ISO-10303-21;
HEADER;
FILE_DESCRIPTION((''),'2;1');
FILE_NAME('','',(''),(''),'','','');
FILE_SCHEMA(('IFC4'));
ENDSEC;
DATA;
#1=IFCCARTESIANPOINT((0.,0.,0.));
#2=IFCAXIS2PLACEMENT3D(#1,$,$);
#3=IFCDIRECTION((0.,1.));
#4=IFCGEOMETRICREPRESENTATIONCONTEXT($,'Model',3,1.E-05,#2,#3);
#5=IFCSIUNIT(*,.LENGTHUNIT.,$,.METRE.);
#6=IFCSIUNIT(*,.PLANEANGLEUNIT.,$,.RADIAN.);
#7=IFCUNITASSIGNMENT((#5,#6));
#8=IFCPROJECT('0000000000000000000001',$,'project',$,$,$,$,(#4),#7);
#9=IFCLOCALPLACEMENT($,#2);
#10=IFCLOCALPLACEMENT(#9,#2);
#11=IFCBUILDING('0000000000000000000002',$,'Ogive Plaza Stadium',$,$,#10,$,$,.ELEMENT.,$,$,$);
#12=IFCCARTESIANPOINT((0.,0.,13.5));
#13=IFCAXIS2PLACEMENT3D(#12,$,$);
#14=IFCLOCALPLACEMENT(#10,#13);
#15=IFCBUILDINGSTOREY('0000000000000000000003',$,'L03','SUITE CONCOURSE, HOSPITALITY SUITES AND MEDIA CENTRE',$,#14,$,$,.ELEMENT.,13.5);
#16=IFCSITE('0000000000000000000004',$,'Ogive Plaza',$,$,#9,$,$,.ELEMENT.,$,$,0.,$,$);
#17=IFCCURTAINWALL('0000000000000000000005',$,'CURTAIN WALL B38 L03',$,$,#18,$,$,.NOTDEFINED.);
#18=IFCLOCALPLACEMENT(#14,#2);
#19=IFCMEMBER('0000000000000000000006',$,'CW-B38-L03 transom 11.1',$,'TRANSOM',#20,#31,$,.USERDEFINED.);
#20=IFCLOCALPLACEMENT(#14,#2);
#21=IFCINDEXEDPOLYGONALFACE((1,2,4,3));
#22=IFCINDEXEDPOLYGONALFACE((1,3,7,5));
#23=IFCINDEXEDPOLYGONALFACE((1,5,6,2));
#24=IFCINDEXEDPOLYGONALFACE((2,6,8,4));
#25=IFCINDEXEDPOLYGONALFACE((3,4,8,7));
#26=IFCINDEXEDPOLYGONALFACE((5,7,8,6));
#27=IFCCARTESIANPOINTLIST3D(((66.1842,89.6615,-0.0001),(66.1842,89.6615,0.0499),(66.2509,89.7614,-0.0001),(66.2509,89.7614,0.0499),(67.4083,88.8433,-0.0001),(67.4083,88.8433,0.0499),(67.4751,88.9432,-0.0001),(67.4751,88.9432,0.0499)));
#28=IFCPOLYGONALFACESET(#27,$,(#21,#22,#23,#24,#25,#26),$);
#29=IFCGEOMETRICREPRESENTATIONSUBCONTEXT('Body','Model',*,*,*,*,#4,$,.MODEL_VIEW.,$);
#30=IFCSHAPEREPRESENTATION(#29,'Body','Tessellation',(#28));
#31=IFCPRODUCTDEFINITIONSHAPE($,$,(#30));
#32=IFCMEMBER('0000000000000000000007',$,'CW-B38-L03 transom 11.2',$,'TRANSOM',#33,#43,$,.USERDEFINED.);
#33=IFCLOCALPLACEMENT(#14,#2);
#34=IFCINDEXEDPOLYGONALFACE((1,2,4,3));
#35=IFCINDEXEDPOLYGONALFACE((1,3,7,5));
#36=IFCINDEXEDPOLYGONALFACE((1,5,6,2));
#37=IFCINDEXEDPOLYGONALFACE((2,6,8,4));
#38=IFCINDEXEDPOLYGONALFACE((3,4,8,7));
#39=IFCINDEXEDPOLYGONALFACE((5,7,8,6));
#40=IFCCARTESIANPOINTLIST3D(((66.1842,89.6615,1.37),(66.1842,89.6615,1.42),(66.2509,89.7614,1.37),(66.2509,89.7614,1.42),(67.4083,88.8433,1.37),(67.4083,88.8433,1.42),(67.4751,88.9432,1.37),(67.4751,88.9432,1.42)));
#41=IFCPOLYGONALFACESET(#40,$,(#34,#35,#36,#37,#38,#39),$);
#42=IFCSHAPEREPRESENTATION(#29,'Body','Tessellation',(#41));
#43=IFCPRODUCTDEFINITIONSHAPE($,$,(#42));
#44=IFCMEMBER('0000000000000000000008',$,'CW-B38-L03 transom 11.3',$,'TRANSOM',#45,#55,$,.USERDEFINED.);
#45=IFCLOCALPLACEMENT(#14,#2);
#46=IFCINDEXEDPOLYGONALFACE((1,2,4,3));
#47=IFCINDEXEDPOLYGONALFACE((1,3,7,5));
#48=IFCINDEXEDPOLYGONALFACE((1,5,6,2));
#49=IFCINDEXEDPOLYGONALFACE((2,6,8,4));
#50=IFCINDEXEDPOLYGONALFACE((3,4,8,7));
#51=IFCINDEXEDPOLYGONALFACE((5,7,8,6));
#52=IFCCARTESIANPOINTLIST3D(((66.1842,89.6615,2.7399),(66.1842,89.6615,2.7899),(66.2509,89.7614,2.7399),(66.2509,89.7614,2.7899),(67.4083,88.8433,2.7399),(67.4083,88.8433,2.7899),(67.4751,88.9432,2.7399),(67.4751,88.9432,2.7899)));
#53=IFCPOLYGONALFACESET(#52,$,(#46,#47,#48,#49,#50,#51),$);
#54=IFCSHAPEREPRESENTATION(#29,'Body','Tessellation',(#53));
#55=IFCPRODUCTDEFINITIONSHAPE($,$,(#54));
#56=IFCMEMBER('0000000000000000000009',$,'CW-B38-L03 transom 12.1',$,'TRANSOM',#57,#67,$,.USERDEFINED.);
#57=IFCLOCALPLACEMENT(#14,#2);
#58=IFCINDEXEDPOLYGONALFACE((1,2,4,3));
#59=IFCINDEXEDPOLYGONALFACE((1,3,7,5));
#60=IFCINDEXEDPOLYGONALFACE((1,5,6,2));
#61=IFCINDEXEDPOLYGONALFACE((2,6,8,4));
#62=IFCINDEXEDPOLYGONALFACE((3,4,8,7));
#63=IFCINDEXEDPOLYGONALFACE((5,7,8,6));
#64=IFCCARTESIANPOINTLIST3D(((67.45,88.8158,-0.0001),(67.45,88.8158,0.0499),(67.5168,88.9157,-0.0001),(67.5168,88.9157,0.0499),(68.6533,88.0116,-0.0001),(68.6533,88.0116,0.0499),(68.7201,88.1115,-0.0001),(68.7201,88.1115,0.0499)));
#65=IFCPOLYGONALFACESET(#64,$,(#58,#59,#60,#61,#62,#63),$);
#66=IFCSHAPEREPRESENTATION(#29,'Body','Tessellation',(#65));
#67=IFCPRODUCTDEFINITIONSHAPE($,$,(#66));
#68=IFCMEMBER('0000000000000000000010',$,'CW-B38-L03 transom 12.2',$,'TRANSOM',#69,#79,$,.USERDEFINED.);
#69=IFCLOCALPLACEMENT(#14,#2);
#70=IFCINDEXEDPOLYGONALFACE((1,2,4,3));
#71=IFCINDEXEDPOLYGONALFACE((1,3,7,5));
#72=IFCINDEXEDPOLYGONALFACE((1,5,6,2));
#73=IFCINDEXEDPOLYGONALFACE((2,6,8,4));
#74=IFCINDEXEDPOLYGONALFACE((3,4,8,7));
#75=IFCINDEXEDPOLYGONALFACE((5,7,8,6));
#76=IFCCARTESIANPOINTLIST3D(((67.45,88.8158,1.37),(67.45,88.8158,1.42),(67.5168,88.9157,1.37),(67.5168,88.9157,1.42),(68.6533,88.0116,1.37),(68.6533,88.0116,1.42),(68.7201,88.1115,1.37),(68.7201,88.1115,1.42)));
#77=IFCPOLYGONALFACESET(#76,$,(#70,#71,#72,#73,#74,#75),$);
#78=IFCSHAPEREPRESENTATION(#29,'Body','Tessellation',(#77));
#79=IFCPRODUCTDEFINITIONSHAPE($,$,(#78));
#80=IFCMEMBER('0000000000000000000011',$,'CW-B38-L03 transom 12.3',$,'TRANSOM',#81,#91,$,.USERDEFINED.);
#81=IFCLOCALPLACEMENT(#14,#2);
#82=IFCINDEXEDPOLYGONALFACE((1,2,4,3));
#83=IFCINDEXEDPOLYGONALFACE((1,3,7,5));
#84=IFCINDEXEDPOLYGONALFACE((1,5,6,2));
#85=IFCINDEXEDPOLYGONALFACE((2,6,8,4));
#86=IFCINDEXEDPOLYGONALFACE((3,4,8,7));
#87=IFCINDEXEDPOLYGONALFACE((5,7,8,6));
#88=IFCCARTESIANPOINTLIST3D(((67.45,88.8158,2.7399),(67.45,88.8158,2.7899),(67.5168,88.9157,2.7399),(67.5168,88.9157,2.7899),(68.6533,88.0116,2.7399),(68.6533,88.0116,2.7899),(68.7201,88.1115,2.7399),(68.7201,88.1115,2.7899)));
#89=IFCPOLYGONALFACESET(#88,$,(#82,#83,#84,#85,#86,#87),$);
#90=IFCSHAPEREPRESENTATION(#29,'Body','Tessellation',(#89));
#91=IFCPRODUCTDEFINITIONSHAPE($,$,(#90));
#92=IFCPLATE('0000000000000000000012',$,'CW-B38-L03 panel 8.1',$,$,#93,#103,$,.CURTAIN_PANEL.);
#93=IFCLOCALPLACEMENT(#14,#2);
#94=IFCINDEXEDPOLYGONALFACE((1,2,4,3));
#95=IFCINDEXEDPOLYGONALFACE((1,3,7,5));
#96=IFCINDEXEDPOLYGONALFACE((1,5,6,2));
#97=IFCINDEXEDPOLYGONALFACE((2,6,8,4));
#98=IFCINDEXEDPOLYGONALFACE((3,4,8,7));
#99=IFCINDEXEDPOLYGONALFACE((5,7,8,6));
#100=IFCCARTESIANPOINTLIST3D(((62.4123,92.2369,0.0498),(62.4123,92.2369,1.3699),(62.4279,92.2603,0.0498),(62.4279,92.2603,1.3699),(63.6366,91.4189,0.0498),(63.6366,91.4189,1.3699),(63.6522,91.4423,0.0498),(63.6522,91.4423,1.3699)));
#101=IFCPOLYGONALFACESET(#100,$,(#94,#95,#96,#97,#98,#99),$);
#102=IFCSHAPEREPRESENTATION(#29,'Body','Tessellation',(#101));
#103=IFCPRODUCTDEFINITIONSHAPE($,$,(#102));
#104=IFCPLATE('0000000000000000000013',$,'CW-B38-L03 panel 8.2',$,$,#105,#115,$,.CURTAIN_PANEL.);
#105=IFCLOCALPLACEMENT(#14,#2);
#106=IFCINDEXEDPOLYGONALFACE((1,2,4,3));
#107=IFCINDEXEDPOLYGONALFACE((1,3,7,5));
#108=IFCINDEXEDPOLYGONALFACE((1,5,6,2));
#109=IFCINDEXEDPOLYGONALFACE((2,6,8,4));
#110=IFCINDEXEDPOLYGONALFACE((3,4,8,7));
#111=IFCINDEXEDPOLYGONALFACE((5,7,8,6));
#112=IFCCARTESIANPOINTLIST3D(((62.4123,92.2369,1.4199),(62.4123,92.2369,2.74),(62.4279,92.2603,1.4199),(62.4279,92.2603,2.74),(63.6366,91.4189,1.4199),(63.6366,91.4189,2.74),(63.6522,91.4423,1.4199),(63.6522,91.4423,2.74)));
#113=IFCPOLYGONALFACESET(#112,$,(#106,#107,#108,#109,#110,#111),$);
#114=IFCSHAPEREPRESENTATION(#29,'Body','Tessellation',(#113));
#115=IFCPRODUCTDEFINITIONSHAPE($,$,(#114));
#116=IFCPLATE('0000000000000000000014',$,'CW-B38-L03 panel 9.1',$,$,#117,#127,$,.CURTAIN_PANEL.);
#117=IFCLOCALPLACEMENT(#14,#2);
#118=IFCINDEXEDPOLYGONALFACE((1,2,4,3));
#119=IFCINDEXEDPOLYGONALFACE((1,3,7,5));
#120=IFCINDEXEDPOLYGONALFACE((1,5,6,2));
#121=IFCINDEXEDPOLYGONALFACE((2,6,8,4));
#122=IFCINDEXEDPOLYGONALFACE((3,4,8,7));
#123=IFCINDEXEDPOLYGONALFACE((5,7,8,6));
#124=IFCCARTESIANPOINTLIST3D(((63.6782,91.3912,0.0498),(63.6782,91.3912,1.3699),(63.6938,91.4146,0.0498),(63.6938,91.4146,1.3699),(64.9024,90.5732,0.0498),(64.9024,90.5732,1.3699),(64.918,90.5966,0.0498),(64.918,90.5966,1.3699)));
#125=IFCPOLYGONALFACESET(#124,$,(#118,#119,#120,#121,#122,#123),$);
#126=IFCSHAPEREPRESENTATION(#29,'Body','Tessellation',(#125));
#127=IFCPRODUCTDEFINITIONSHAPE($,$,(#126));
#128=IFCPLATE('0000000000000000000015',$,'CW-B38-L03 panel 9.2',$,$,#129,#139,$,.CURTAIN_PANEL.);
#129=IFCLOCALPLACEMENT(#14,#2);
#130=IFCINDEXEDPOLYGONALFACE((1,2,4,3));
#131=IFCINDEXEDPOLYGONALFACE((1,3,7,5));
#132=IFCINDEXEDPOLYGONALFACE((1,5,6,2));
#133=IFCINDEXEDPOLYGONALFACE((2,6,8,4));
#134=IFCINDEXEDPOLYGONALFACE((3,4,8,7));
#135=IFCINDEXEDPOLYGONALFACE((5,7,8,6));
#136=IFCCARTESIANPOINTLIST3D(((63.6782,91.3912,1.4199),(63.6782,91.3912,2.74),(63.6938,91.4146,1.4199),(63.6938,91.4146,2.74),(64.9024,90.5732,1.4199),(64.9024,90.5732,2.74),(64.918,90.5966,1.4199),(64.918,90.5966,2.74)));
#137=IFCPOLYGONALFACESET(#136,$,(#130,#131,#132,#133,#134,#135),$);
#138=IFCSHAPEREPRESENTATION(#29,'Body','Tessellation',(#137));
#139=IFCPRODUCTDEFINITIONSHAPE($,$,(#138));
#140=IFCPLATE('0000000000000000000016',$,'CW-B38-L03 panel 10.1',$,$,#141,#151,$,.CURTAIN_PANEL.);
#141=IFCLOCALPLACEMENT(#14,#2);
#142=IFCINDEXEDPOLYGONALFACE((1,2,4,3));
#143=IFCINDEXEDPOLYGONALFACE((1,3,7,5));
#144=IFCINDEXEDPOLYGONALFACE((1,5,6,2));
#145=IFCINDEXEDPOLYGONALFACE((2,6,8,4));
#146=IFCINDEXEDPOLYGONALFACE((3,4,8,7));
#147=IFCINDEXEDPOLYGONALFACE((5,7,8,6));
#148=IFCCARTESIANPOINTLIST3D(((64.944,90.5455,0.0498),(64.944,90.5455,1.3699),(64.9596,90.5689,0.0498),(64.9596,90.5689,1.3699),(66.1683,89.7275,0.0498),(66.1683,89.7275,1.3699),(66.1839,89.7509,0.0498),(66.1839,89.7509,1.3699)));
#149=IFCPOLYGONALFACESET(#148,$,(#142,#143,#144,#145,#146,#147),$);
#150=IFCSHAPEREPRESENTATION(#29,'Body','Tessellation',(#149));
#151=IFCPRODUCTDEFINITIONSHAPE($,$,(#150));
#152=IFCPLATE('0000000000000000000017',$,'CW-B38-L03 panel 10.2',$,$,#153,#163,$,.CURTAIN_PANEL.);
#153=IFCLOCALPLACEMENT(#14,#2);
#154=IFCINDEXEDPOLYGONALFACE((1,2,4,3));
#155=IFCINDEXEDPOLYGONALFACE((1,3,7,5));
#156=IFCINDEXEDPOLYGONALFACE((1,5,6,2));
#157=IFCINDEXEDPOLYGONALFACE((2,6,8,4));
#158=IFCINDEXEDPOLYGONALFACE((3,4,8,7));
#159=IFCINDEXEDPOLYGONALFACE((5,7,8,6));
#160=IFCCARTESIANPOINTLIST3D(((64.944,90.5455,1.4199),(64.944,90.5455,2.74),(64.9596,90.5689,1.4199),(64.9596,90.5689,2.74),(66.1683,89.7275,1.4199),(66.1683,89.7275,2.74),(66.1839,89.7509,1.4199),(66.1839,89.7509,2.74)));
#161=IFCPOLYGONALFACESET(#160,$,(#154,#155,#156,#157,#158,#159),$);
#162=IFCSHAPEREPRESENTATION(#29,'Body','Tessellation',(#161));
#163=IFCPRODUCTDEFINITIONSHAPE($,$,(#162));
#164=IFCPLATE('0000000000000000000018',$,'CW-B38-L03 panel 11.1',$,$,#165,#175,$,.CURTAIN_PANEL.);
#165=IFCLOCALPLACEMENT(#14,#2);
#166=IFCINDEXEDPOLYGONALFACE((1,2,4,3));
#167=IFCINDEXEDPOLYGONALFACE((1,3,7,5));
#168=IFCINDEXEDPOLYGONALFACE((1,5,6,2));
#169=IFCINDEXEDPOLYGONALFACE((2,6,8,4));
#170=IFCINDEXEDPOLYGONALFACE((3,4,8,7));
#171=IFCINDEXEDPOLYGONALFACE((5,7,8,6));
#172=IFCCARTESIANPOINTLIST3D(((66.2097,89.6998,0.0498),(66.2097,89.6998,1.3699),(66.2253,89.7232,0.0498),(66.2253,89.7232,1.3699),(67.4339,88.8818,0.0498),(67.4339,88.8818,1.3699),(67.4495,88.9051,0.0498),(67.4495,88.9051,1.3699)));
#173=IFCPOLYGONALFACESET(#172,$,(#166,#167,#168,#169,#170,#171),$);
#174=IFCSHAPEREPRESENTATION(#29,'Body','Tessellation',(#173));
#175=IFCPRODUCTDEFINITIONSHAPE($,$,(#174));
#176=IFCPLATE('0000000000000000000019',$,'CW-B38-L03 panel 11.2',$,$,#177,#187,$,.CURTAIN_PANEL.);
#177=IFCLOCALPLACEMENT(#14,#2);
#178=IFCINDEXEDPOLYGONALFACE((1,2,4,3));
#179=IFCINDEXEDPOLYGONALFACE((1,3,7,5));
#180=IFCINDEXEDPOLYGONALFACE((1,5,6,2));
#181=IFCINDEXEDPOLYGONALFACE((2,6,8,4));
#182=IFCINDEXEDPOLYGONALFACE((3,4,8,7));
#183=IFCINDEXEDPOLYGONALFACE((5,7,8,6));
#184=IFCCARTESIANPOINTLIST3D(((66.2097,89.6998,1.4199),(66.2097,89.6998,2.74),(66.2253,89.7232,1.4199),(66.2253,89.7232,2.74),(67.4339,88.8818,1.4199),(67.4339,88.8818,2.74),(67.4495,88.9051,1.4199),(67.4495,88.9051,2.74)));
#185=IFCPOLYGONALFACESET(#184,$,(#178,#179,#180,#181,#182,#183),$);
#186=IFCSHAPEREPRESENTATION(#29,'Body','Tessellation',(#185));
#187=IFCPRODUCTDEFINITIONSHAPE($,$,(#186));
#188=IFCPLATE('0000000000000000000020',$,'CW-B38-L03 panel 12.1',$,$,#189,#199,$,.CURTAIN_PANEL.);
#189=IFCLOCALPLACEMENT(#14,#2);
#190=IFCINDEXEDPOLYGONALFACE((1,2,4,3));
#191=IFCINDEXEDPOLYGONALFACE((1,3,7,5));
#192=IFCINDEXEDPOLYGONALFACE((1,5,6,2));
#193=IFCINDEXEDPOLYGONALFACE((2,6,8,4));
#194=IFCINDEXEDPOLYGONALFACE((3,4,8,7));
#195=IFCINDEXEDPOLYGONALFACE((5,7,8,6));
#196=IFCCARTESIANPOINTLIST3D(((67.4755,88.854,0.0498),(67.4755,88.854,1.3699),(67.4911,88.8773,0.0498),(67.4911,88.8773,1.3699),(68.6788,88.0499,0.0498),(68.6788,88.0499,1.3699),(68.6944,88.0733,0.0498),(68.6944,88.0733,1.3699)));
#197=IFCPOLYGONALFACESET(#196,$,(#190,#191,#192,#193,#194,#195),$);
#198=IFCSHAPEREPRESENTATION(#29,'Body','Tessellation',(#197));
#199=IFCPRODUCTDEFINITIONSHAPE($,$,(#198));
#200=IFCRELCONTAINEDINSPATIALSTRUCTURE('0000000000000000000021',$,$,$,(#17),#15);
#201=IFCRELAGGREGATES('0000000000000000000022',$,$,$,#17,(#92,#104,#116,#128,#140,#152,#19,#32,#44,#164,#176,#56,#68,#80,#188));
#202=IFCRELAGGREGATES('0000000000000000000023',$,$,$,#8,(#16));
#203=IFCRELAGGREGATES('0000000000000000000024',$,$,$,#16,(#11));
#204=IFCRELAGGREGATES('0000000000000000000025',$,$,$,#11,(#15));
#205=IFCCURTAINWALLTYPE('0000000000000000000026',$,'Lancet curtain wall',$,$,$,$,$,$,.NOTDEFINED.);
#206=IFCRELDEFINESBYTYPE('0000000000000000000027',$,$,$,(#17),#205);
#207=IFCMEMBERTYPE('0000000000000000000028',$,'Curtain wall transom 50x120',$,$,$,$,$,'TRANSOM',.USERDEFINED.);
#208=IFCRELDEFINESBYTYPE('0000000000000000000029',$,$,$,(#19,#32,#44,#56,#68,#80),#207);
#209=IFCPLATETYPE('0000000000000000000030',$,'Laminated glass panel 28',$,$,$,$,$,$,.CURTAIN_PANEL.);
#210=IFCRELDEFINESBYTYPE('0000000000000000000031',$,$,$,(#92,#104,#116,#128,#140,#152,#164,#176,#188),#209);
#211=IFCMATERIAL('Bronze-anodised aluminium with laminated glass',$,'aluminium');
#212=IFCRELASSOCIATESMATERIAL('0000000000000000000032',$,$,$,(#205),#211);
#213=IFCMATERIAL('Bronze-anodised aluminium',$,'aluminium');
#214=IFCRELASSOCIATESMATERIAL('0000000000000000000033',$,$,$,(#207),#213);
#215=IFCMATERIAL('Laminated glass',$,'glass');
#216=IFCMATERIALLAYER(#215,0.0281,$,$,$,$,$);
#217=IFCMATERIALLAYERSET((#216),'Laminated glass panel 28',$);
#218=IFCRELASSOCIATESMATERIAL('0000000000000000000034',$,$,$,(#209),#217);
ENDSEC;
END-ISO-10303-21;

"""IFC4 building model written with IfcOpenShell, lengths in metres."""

from ifc_helpers import new_model, si_unit, direction, frame, origin, origin_2d, place, context, subcontext, project, spatial, rectangle, extrude, material, layer, layer_set, material_profile, profile_set, type_object, element, aggregate, save


model = new_model("IFC4")

# Units and contexts
model_context = context("Model", 3, precision=1e-05, world=origin(), true_north=direction((0.0, 1.0)))
body_context = subcontext(model_context, "Body", "Model", "MODEL_VIEW")
ifc_project = project(units=[si_unit("LENGTHUNIT", "METRE"), si_unit("PLANEANGLEUNIT", "RADIAN")], contexts=[model_context])

# Site, building, storey
site_placement = place(None, origin())
site = spatial("IfcSite", under=ifc_project, at=site_placement, Name="Ogive Plaza", CompositionType="ELEMENT", RefElevation=0.0)
building_placement = place(site_placement, origin())
building = spatial("IfcBuilding", under=site, at=building_placement, Name="Ogive Plaza Stadium", CompositionType="ELEMENT")
storey_placement = place(building_placement, frame((0.0, 0.0, 13.5)))
storey = spatial("IfcBuildingStorey", under=building, at=storey_placement, Name="L03", Description="SUITE CONCOURSE, HOSPITALITY SUITES AND MEDIA CENTRE", CompositionType="ELEMENT", Elevation=13.5)

# Curtain wall, members, plates
ifc_material_1 = material(Name="Bronze-anodised aluminium with laminated glass", Category="aluminium")
curtain_wall_type = type_object("IfcCurtainWallType", Name="Lancet curtain wall", PredefinedType="NOTDEFINED", material=ifc_material_1)
curtain_wall_placement = place(storey_placement, origin())
curtain_wall = element("IfcCurtainWall", 1, at=curtain_wall_placement, inside=storey, type_object=curtain_wall_type, Name="CURTAIN WALL B38 L03", PredefinedType="NOTDEFINED")
ifc_material_2 = material(Name="Bronze-anodised aluminium", Category="aluminium")
ifc_material_profile_1 = material_profile(ifc_material_2, rectangle(XDim=0.1201, YDim=0.05, at=origin_2d()), Name="AL 120x50")
ifc_profile_set_1 = profile_set([ifc_material_profile_1], Name="Bronze-anodised aluminium")
member_type_1 = type_object("IfcMemberType", Name="Curtain wall transom 50x120", ElementType="TRANSOM", PredefinedType="USERDEFINED", material=ifc_profile_set_1)
member_1_placement = place(storey_placement, frame((66.2175, 89.7114, 0.0249), z_axis=(0.831412, -0.555656, 0.0), x_axis=(0.555656, 0.831412, 0.0)))
member_1 = element("IfcMember", 2, at=member_1_placement, type_object=member_type_1, Name="CW-B38-L03 transom 11.1", ObjectType="TRANSOM", PredefinedType="USERDEFINED", context=body_context, shape_type="SweptSolid", body=[
    extrude(rectangle(XDim=0.1201, YDim=0.05, at=origin_2d()), origin(), (0.0, 0.0, 1.0), 1.4724),
])
member_2_placement = place(storey_placement, frame((66.2175, 89.7114, 1.395), z_axis=(0.831412, -0.555656, 0.0), x_axis=(0.555656, 0.831412, 0.0)))
member_2 = element("IfcMember", 3, at=member_2_placement, type_object=member_type_1, Name="CW-B38-L03 transom 11.2", ObjectType="TRANSOM", PredefinedType="USERDEFINED", context=body_context, shape_type="SweptSolid", body=[
    extrude(rectangle(XDim=0.1201, YDim=0.05, at=origin_2d()), origin(), (0.0, 0.0, 1.0), 1.4724),
])
member_3_placement = place(storey_placement, frame((66.2175, 89.7114, 2.7649), z_axis=(0.831412, -0.555656, 0.0), x_axis=(0.555656, 0.831412, 0.0)))
member_3 = element("IfcMember", 4, at=member_3_placement, type_object=member_type_1, Name="CW-B38-L03 transom 11.3", ObjectType="TRANSOM", PredefinedType="USERDEFINED", context=body_context, shape_type="SweptSolid", body=[
    extrude(rectangle(XDim=0.1201, YDim=0.05, at=origin_2d()), origin(), (0.0, 0.0, 1.0), 1.4724),
])
member_4_placement = place(storey_placement, frame((67.4834, 88.8657, 0.0249), z_axis=(0.831427, -0.555634, 0.0), x_axis=(0.555634, 0.831427, 0.0)))
member_4 = element("IfcMember", 5, at=member_4_placement, type_object=member_type_1, Name="CW-B38-L03 transom 12.1", ObjectType="TRANSOM", PredefinedType="USERDEFINED", context=body_context, shape_type="SweptSolid", body=[
    extrude(rectangle(XDim=0.1201, YDim=0.05, at=origin_2d()), origin(), (0.0, 0.0, 1.0), 1.4473),
])
member_5_placement = place(storey_placement, frame((67.4834, 88.8657, 1.395), z_axis=(0.831427, -0.555634, 0.0), x_axis=(0.555634, 0.831427, 0.0)))
member_5 = element("IfcMember", 6, at=member_5_placement, type_object=member_type_1, Name="CW-B38-L03 transom 12.2", ObjectType="TRANSOM", PredefinedType="USERDEFINED", context=body_context, shape_type="SweptSolid", body=[
    extrude(rectangle(XDim=0.1201, YDim=0.05, at=origin_2d()), origin(), (0.0, 0.0, 1.0), 1.4473),
])
member_6_placement = place(storey_placement, frame((67.4834, 88.8657, 2.7649), z_axis=(0.831427, -0.555634, 0.0), x_axis=(0.555634, 0.831427, 0.0)))
member_6 = element("IfcMember", 7, at=member_6_placement, type_object=member_type_1, Name="CW-B38-L03 transom 12.3", ObjectType="TRANSOM", PredefinedType="USERDEFINED", context=body_context, shape_type="SweptSolid", body=[
    extrude(rectangle(XDim=0.1201, YDim=0.05, at=origin_2d()), origin(), (0.0, 0.0, 1.0), 1.4473),
])
ifc_material_3 = material(Name="Laminated glass", Category="glass")
ifc_layer_1 = layer(ifc_material_3, 0.0281)
ifc_layer_set_1 = layer_set([ifc_layer_1], Name="Laminated glass panel 28")
plate_type = type_object("IfcPlateType", Name="Laminated glass panel 28", PredefinedType="CURTAIN_PANEL", material=ifc_layer_set_1)
plate_1_placement = place(storey_placement, frame((63.0322, 91.8396, 0.0498), z_axis=(0.0, 0.0, 1.0), x_axis=(0.83147, -0.55557, 0.0)))
plate_1 = element("IfcPlate", 8, at=plate_1_placement, type_object=plate_type, Name="CW-B38-L03 panel 8.1", PredefinedType="CURTAIN_PANEL", context=body_context, shape_type="SweptSolid", body=[
    extrude(rectangle(XDim=1.4724, YDim=0.0281, at=origin_2d()), origin(), (0.0, 0.0, 1.0), 1.3201),
])
plate_2_placement = place(storey_placement, frame((63.0322, 91.8396, 1.4199), z_axis=(0.0, 0.0, 1.0), x_axis=(0.83147, -0.55557, 0.0)))
plate_2 = element("IfcPlate", 9, at=plate_2_placement, type_object=plate_type, Name="CW-B38-L03 panel 8.2", PredefinedType="CURTAIN_PANEL", context=body_context, shape_type="SweptSolid", body=[
    extrude(rectangle(XDim=1.4724, YDim=0.0281, at=origin_2d()), origin(), (0.0, 0.0, 1.0), 1.3201),
])
plate_3_placement = place(storey_placement, frame((64.2981, 90.9939, 0.0498), z_axis=(0.0, 0.0, 1.0), x_axis=(0.83147, -0.55557, 0.0)))
plate_3 = element("IfcPlate", 10, at=plate_3_placement, type_object=plate_type, Name="CW-B38-L03 panel 9.1", PredefinedType="CURTAIN_PANEL", context=body_context, shape_type="SweptSolid", body=[
    extrude(rectangle(XDim=1.4724, YDim=0.0281, at=origin_2d()), origin(), (0.0, 0.0, 1.0), 1.3201),
])
plate_4_placement = place(storey_placement, frame((64.2981, 90.9939, 1.4199), z_axis=(0.0, 0.0, 1.0), x_axis=(0.83147, -0.55557, 0.0)))
plate_4 = element("IfcPlate", 11, at=plate_4_placement, type_object=plate_type, Name="CW-B38-L03 panel 9.2", PredefinedType="CURTAIN_PANEL", context=body_context, shape_type="SweptSolid", body=[
    extrude(rectangle(XDim=1.4724, YDim=0.0281, at=origin_2d()), origin(), (0.0, 0.0, 1.0), 1.3201),
])
plate_5_placement = place(storey_placement, frame((65.564, 90.1482, 0.0498), z_axis=(0.0, 0.0, 1.0), x_axis=(0.83147, -0.55557, 0.0)))
plate_5 = element("IfcPlate", 12, at=plate_5_placement, type_object=plate_type, Name="CW-B38-L03 panel 10.1", PredefinedType="CURTAIN_PANEL", context=body_context, shape_type="SweptSolid", body=[
    extrude(rectangle(XDim=1.4724, YDim=0.0281, at=origin_2d()), origin(), (0.0, 0.0, 1.0), 1.3201),
])
plate_6_placement = place(storey_placement, frame((65.564, 90.1482, 1.4199), z_axis=(0.0, 0.0, 1.0), x_axis=(0.83147, -0.55557, 0.0)))
plate_6 = element("IfcPlate", 13, at=plate_6_placement, type_object=plate_type, Name="CW-B38-L03 panel 10.2", PredefinedType="CURTAIN_PANEL", context=body_context, shape_type="SweptSolid", body=[
    extrude(rectangle(XDim=1.4724, YDim=0.0281, at=origin_2d()), origin(), (0.0, 0.0, 1.0), 1.3201),
])
plate_7_placement = place(storey_placement, frame((66.8296, 89.3025, 0.0498), z_axis=(0.0, 0.0, 1.0), x_axis=(0.83147, -0.55557, 0.0)))
plate_7 = element("IfcPlate", 14, at=plate_7_placement, type_object=plate_type, Name="CW-B38-L03 panel 11.1", PredefinedType="CURTAIN_PANEL", context=body_context, shape_type="SweptSolid", body=[
    extrude(rectangle(XDim=1.4724, YDim=0.0281, at=origin_2d()), origin(), (0.0, 0.0, 1.0), 1.3201),
])
plate_8_placement = place(storey_placement, frame((66.8296, 89.3025, 1.4199), z_axis=(0.0, 0.0, 1.0), x_axis=(0.83147, -0.55557, 0.0)))
plate_8 = element("IfcPlate", 15, at=plate_8_placement, type_object=plate_type, Name="CW-B38-L03 panel 11.2", PredefinedType="CURTAIN_PANEL", context=body_context, shape_type="SweptSolid", body=[
    extrude(rectangle(XDim=1.4724, YDim=0.0281, at=origin_2d()), origin(), (0.0, 0.0, 1.0), 1.3201),
])
plate_9_placement = place(storey_placement, frame((68.085, 88.4636, 0.0498), z_axis=(0.0, 0.0, 1.0), x_axis=(0.83147, -0.55557, 0.0)))
plate_9 = element("IfcPlate", 16, at=plate_9_placement, type_object=plate_type, Name="CW-B38-L03 panel 12.1", PredefinedType="CURTAIN_PANEL", context=body_context, shape_type="SweptSolid", body=[
    extrude(rectangle(XDim=1.4473, YDim=0.0281, at=origin_2d()), origin(), (0.0, 0.0, 1.0), 1.3201),
])
aggregate(curtain_wall, [plate_1, plate_2, plate_3, plate_4, plate_5, plate_6, member_1, member_2, member_3, plate_7, plate_8, member_4, member_5, member_6, plate_9])

save(model, "model.ifc")
